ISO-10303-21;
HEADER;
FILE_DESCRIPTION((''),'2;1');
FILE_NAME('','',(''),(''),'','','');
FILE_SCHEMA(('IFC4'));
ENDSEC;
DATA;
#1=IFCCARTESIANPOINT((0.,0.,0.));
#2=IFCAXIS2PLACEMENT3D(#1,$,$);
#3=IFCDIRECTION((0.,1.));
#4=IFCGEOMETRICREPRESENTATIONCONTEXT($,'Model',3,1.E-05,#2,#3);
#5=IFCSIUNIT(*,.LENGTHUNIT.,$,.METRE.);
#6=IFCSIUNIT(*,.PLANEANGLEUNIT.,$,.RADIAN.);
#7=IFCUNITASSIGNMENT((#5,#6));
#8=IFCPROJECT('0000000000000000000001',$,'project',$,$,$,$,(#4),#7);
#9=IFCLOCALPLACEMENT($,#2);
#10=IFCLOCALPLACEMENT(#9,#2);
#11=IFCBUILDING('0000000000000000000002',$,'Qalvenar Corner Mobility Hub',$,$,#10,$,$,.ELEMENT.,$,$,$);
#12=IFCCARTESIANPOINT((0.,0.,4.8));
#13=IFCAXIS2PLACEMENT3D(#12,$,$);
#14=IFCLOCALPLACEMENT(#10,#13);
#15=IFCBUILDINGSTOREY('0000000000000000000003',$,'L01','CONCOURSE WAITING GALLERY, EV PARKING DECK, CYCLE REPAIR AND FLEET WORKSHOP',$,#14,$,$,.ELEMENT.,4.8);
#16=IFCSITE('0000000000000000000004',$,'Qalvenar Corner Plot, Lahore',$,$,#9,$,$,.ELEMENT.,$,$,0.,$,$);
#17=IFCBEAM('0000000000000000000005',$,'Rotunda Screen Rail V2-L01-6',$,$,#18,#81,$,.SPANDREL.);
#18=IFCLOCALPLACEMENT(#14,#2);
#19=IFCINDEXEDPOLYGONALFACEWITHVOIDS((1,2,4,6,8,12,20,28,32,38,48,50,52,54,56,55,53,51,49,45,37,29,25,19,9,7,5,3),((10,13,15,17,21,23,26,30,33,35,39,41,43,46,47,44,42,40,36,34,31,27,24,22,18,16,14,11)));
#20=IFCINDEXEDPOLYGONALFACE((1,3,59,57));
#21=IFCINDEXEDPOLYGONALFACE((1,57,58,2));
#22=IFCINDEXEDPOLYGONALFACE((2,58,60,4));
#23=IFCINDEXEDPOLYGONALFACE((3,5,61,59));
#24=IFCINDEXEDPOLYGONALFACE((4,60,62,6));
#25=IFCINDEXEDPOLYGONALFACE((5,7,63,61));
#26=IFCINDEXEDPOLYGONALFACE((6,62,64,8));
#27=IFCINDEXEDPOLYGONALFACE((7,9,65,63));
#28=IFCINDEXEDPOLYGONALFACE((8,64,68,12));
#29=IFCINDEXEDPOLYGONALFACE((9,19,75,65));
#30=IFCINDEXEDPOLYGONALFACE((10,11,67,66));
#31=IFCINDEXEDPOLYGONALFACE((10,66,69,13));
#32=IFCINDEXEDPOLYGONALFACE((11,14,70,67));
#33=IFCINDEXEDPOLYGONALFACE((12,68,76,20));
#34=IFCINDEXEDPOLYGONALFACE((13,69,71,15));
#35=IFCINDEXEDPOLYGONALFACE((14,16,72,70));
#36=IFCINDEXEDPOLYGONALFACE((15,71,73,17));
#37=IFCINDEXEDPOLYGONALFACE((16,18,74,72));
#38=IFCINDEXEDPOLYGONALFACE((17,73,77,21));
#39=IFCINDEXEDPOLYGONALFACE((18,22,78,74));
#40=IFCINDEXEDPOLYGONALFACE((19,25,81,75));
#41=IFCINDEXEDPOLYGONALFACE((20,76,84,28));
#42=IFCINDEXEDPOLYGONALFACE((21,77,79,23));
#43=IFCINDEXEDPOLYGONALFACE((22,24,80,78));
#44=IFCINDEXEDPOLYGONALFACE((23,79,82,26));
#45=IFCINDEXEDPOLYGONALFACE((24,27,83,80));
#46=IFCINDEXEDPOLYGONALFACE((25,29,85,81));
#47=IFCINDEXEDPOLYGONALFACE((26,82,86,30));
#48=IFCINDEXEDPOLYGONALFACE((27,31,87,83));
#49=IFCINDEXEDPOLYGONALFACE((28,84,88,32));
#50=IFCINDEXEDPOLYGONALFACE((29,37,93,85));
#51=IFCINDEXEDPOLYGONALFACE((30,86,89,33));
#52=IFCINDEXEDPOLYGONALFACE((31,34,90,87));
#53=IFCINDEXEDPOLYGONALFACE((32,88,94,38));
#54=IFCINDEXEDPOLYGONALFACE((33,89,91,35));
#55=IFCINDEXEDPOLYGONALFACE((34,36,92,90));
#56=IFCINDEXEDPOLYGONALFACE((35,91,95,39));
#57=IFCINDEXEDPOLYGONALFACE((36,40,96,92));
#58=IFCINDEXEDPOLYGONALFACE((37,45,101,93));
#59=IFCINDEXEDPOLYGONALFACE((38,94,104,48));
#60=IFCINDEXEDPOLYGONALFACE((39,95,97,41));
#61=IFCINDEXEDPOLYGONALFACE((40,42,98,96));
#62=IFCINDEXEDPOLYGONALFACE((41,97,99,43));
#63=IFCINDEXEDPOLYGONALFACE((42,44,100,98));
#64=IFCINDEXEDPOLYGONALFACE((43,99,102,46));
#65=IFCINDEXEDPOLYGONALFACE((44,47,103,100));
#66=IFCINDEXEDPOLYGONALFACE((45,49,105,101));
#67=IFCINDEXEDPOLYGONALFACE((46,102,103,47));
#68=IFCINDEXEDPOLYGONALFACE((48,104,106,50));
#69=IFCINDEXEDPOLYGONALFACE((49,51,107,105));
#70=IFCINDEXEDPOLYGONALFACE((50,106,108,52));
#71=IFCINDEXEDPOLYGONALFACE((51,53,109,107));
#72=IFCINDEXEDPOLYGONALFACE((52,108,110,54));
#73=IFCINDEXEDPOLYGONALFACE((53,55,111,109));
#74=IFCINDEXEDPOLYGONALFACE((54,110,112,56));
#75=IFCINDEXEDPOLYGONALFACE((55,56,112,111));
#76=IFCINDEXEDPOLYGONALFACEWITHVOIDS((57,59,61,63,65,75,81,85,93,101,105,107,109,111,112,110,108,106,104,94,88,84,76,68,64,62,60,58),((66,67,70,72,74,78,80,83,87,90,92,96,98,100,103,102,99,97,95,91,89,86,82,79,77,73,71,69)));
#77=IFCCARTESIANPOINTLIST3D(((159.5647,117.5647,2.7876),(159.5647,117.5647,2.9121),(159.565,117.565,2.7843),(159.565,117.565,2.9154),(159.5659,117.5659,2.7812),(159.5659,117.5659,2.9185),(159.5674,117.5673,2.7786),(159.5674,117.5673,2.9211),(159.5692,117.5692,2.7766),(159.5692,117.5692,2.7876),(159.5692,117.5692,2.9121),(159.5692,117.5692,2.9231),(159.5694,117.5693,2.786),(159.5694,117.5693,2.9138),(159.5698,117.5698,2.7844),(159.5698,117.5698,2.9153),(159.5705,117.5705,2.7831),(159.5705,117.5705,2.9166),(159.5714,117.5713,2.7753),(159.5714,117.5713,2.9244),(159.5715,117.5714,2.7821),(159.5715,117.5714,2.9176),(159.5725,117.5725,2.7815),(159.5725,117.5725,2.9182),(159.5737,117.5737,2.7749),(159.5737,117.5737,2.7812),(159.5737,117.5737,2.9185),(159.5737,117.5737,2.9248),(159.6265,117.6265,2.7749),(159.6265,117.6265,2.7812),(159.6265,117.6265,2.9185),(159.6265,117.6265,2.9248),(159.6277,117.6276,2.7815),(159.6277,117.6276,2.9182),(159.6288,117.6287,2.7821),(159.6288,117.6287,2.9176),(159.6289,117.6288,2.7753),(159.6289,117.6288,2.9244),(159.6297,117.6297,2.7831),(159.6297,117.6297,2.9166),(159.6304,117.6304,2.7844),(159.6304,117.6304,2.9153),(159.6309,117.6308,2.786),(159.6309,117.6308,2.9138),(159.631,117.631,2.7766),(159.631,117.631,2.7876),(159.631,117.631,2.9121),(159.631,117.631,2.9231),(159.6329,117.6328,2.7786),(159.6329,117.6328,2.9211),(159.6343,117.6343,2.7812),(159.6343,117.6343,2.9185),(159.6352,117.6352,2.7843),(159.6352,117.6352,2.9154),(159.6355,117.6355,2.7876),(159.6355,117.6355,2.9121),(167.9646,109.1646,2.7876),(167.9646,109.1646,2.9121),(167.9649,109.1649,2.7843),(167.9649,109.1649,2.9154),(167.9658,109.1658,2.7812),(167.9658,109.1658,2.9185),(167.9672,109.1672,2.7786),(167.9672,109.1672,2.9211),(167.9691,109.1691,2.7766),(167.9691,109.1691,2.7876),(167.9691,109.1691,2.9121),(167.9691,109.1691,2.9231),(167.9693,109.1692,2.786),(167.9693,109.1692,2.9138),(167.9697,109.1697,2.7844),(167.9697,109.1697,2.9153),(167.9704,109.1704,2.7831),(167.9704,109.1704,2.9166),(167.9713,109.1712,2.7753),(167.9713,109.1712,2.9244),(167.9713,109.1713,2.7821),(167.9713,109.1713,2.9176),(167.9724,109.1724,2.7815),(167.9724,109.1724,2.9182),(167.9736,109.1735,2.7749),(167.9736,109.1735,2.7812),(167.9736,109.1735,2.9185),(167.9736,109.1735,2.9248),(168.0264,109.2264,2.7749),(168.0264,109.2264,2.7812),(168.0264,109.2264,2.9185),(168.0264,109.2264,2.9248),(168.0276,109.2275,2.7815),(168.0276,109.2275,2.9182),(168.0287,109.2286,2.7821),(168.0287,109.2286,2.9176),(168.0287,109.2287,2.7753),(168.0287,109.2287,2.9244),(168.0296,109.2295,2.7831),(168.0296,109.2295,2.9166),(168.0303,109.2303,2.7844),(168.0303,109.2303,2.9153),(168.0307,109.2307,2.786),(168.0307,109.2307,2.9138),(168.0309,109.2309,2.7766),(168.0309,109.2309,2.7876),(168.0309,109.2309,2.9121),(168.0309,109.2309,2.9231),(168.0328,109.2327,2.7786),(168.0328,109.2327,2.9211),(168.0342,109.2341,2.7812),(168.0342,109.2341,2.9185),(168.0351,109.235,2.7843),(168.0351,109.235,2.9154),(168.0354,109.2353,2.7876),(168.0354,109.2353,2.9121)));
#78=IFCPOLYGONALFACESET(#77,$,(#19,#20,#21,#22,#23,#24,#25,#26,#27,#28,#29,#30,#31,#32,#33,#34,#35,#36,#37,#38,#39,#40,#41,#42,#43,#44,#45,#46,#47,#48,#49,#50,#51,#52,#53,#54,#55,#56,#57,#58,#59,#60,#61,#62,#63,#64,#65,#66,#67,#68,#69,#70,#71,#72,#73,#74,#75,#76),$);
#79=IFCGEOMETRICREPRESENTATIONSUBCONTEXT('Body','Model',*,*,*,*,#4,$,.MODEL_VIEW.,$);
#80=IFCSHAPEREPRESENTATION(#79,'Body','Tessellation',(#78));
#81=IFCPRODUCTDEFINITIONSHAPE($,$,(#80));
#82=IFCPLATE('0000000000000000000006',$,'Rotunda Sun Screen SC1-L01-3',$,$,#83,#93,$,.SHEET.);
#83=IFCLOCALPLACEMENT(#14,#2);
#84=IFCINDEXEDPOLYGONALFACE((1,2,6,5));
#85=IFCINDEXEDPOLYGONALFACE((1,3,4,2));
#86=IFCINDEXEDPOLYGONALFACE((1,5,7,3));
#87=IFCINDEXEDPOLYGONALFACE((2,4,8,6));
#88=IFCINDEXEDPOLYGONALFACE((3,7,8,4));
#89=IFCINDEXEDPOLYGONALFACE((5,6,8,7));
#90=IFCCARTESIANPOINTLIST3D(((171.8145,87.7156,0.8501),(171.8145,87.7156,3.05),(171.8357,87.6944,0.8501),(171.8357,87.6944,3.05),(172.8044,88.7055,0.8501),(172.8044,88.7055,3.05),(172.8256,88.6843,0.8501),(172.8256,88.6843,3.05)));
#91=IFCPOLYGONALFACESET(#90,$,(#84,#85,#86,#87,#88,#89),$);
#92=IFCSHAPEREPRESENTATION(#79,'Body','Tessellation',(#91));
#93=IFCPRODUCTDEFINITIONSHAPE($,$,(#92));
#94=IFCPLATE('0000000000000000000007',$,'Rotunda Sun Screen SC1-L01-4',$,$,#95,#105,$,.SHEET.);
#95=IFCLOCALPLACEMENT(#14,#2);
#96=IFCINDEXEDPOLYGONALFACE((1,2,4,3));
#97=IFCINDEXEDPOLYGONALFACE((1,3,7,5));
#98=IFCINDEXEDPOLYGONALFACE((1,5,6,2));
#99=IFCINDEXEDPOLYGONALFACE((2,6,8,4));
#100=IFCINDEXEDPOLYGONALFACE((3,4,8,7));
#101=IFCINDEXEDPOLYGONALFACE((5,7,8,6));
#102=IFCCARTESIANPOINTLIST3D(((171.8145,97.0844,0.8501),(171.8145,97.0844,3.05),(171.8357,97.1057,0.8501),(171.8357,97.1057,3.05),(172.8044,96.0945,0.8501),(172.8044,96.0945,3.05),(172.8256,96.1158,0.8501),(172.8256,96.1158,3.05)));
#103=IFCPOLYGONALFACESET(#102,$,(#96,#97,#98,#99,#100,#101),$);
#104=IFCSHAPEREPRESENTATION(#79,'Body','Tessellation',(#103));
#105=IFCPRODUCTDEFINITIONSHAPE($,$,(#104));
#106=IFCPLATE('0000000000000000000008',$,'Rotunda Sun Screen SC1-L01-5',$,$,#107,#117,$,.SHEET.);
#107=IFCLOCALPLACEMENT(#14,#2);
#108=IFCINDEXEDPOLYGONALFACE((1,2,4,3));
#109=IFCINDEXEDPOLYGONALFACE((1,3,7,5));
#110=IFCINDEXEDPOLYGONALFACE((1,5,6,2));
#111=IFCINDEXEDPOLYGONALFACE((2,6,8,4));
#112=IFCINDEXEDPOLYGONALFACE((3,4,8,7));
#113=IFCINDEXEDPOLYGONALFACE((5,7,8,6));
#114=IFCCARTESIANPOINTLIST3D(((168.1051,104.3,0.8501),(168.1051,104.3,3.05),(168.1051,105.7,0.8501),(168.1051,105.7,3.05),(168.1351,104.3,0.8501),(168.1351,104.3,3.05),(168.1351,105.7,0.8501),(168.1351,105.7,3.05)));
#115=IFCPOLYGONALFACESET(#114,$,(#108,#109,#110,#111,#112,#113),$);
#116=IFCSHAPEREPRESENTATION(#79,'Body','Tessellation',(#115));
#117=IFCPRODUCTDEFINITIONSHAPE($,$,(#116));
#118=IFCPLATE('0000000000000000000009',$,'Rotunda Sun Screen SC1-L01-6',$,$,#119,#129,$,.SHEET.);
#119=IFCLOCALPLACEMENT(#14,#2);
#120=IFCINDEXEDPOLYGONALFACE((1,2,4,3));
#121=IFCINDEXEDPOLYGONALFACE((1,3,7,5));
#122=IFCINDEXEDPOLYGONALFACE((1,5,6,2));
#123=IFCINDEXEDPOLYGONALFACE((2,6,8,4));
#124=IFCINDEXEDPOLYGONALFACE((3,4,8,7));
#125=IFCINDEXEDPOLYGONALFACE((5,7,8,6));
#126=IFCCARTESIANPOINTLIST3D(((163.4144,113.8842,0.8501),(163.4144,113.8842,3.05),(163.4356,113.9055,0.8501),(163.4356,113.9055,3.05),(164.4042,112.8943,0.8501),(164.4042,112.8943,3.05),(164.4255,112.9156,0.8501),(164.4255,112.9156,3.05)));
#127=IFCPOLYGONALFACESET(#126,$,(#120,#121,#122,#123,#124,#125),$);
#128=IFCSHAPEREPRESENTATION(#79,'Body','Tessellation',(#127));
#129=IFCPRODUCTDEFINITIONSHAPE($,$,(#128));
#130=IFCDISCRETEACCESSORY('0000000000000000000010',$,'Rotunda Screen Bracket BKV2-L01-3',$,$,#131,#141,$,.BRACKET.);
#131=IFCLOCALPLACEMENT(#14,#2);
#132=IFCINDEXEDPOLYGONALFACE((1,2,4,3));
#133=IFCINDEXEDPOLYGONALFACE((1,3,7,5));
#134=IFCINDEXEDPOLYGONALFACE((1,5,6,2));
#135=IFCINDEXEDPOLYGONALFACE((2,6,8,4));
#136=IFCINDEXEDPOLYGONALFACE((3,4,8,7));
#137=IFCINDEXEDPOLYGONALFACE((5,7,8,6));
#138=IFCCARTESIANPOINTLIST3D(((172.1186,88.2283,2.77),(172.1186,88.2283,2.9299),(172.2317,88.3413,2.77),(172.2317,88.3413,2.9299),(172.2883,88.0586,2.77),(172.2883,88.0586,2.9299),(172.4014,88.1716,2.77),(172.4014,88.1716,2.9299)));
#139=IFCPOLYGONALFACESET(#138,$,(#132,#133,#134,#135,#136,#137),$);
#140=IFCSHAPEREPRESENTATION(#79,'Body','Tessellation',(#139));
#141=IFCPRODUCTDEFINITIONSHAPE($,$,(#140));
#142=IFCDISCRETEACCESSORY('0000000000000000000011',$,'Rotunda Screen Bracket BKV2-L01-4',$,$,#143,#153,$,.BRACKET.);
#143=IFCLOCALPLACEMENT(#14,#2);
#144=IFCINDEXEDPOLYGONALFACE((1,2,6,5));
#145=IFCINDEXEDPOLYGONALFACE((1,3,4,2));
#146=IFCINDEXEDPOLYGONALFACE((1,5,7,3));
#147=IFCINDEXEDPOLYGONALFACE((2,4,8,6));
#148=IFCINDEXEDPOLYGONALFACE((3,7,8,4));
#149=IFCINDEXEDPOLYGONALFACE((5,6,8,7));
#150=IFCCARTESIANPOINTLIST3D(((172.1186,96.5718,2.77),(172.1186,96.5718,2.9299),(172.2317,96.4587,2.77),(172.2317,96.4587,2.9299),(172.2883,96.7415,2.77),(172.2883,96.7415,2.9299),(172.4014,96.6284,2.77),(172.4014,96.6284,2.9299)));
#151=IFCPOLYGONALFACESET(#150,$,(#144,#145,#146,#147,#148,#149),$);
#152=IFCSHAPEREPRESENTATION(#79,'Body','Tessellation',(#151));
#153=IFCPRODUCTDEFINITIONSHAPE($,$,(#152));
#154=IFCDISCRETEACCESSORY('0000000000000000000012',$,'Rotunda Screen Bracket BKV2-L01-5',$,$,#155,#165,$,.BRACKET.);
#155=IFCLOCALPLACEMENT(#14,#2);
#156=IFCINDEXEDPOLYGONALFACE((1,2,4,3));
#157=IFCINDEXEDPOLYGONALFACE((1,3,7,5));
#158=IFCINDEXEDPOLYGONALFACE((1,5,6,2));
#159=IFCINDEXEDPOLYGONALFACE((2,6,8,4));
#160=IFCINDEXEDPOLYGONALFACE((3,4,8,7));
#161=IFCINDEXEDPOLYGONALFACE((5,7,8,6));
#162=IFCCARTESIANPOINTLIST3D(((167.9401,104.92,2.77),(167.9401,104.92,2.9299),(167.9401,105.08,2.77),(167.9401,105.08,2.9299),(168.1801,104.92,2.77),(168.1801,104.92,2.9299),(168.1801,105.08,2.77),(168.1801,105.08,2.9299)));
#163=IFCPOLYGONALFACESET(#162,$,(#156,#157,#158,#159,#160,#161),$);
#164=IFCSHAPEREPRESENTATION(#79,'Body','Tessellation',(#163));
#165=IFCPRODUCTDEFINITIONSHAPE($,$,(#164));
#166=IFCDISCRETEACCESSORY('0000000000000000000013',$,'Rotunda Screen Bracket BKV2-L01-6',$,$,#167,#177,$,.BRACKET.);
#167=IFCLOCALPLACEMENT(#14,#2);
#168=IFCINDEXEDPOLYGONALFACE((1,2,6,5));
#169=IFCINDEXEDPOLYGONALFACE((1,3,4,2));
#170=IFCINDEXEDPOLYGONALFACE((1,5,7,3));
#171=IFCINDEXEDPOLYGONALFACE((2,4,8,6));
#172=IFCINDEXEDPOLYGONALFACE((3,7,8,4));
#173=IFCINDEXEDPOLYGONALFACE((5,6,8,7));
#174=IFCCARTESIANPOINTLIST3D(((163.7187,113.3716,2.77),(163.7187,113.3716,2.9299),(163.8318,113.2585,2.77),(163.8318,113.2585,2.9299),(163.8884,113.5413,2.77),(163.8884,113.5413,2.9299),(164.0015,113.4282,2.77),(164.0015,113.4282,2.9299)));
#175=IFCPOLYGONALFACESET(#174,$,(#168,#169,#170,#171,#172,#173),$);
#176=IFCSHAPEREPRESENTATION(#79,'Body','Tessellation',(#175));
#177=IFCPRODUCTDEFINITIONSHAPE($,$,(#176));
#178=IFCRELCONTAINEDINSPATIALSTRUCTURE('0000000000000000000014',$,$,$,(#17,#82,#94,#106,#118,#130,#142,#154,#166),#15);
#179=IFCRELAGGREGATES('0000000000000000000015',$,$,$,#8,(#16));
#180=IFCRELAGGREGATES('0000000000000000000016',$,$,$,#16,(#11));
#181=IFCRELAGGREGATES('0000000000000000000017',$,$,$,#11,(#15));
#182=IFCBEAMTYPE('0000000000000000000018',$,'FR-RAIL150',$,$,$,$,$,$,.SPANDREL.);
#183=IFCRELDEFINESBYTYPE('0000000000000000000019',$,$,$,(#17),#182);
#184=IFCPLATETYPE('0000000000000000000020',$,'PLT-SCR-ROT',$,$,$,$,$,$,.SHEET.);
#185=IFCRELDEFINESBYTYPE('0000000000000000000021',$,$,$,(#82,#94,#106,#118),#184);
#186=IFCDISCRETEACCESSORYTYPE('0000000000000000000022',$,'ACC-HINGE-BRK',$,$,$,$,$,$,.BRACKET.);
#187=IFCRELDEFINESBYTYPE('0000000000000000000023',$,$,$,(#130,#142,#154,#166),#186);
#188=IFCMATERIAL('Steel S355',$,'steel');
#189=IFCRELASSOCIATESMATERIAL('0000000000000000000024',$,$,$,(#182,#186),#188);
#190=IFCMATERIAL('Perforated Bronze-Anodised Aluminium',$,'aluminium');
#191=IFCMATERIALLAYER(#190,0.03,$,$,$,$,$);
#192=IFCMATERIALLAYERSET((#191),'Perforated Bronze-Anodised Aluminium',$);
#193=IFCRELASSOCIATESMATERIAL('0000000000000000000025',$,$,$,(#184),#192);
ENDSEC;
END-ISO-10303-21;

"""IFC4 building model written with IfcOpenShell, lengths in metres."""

from ifc_helpers import new_model, si_unit, direction, frame, origin, origin_2d, place, context, subcontext, project, spatial, rectangle, hollow_rectangle, extrude, material, layer, layer_set, material_profile, profile_set, type_object, element, save


model = new_model("IFC4")

# Units and contexts
model_context = context("Model", 3, precision=1e-05, world=origin(), true_north=direction((0.0, 1.0)))
body_context = subcontext(model_context, "Body", "Model", "MODEL_VIEW")
ifc_project = project(units=[si_unit("LENGTHUNIT", "METRE"), si_unit("PLANEANGLEUNIT", "RADIAN")], contexts=[model_context])

# Site, building, storey
site_placement = place(None, origin())
site = spatial("IfcSite", under=ifc_project, at=site_placement, Name="Qalvenar Corner Plot, Lahore", CompositionType="ELEMENT", RefElevation=0.0)
building_placement = place(site_placement, origin())
building = spatial("IfcBuilding", under=site, at=building_placement, Name="Qalvenar Corner Mobility Hub", CompositionType="ELEMENT")
storey_placement = place(building_placement, frame((0.0, 0.0, 4.8)))
storey = spatial("IfcBuildingStorey", under=building, at=storey_placement, Name="L01", Description="CONCOURSE WAITING GALLERY, EV PARKING DECK, CYCLE REPAIR AND FLEET WORKSHOP", CompositionType="ELEMENT", Elevation=4.8)

# Shared definitions
ifc_material_1 = material(Name="Steel S355", Category="steel")

# Beam
ifc_material_profile_1 = material_profile(ifc_material_1, hollow_rectangle(XDim=0.1001, YDim=0.1499, WallThickness=0.0063, InnerFilletRadius=0.0063, OuterFilletRadius=0.0127, at=origin_2d()), Name="RHS150x100x6.3")
ifc_profile_set_1 = profile_set([ifc_material_profile_1], Name="Steel S355")
beam_type_1 = type_object("IfcBeamType", Name="FR-RAIL150", PredefinedType="SPANDREL", material=ifc_profile_set_1)
beam_1_placement = place(storey_placement, frame((168.0, 109.2, 2.8499), z_axis=(-0.707097, 0.707117, 0.0), x_axis=(-0.707117, -0.707097, 0.0)))
element("IfcBeam", 1, at=beam_1_placement, inside=storey, type_object=beam_type_1, Name="Rotunda Screen Rail V2-L01-6", PredefinedType="SPANDREL", context=body_context, shape_type="SweptSolid", body=[
    extrude(hollow_rectangle(XDim=0.1001, YDim=0.1499, WallThickness=0.0063, InnerFilletRadius=0.0063, OuterFilletRadius=0.0127, at=origin_2d()), origin(), (0.0, 0.0, 1.0), 11.8794),
])

# Plates
ifc_material_2 = material(Name="Perforated Bronze-Anodised Aluminium", Category="aluminium")
ifc_layer = layer(ifc_material_2, 0.03)
ifc_layer_set = layer_set([ifc_layer], Name="Perforated Bronze-Anodised Aluminium")
plate_type = type_object("IfcPlateType", Name="PLT-SCR-ROT", PredefinedType="SHEET", material=ifc_layer_set)
for number, where, z_axis, x_axis, name in (
    (2, (172.3201, 88.2, 0.8501), (0.0, 0.0, 1.0), (0.707107, 0.707107, 0.0), "Rotunda Sun Screen SC1-L01-3"),
    (3, (172.3201, 96.6001, 0.8501), (0.0, 0.0, 1.0), (-0.707107, 0.707107, 0.0), "Rotunda Sun Screen SC1-L01-4"),
    (4, (168.1201, 105.0, 0.8501), (0.0, 0.0, 1.0), (0.0, 1.0, 0.0), "Rotunda Sun Screen SC1-L01-5"),
    (5, (163.9199, 113.3999, 0.8501), (0.0, 0.0, 1.0), (-0.707107, 0.707107, 0.0), "Rotunda Sun Screen SC1-L01-6"),
):
    element("IfcPlate", number, at=place(storey_placement, frame(where, z_axis=z_axis, x_axis=x_axis)), inside=storey, type_object=plate_type, Name=name, PredefinedType="SHEET", context=body_context, shape_type="SweptSolid", body=[
        extrude(rectangle(XDim=1.3999, YDim=0.03, at=origin_2d()), origin(), (0.0, 0.0, 1.0), 2.2),
    ])

# Discrete accessories
discrete_accessory_type = type_object("IfcDiscreteAccessoryType", Name="ACC-HINGE-BRK", PredefinedType="BRACKET", material=ifc_material_1)
for number, where, z_axis, x_axis, name in (
    (6, (172.26, 88.2, 2.77), (0.0, 0.0, 1.0), (0.707107, 0.707107, 0.0), "Rotunda Screen Bracket BKV2-L01-3"),
    (7, (172.26, 96.6001, 2.77), (0.0, 0.0, 1.0), (-0.707107, 0.707107, 0.0), "Rotunda Screen Bracket BKV2-L01-4"),
    (8, (168.0601, 105.0, 2.77), (0.0, 0.0, 1.0), (0.0, 1.0, 0.0), "Rotunda Screen Bracket BKV2-L01-5"),
    (9, (163.8601, 113.3999, 2.77), (0.0, 0.0, 1.0), (-0.707107, 0.707107, 0.0), "Rotunda Screen Bracket BKV2-L01-6"),
):
    element("IfcDiscreteAccessory", number, at=place(storey_placement, frame(where, z_axis=z_axis, x_axis=x_axis)), inside=storey, type_object=discrete_accessory_type, Name=name, PredefinedType="BRACKET", context=body_context, shape_type="SweptSolid", body=[
        extrude(rectangle(XDim=0.1599, YDim=0.24, at=origin_2d()), origin(), (0.0, 0.0, 1.0), 0.1599),
    ])

save(model, "model.ifc")
